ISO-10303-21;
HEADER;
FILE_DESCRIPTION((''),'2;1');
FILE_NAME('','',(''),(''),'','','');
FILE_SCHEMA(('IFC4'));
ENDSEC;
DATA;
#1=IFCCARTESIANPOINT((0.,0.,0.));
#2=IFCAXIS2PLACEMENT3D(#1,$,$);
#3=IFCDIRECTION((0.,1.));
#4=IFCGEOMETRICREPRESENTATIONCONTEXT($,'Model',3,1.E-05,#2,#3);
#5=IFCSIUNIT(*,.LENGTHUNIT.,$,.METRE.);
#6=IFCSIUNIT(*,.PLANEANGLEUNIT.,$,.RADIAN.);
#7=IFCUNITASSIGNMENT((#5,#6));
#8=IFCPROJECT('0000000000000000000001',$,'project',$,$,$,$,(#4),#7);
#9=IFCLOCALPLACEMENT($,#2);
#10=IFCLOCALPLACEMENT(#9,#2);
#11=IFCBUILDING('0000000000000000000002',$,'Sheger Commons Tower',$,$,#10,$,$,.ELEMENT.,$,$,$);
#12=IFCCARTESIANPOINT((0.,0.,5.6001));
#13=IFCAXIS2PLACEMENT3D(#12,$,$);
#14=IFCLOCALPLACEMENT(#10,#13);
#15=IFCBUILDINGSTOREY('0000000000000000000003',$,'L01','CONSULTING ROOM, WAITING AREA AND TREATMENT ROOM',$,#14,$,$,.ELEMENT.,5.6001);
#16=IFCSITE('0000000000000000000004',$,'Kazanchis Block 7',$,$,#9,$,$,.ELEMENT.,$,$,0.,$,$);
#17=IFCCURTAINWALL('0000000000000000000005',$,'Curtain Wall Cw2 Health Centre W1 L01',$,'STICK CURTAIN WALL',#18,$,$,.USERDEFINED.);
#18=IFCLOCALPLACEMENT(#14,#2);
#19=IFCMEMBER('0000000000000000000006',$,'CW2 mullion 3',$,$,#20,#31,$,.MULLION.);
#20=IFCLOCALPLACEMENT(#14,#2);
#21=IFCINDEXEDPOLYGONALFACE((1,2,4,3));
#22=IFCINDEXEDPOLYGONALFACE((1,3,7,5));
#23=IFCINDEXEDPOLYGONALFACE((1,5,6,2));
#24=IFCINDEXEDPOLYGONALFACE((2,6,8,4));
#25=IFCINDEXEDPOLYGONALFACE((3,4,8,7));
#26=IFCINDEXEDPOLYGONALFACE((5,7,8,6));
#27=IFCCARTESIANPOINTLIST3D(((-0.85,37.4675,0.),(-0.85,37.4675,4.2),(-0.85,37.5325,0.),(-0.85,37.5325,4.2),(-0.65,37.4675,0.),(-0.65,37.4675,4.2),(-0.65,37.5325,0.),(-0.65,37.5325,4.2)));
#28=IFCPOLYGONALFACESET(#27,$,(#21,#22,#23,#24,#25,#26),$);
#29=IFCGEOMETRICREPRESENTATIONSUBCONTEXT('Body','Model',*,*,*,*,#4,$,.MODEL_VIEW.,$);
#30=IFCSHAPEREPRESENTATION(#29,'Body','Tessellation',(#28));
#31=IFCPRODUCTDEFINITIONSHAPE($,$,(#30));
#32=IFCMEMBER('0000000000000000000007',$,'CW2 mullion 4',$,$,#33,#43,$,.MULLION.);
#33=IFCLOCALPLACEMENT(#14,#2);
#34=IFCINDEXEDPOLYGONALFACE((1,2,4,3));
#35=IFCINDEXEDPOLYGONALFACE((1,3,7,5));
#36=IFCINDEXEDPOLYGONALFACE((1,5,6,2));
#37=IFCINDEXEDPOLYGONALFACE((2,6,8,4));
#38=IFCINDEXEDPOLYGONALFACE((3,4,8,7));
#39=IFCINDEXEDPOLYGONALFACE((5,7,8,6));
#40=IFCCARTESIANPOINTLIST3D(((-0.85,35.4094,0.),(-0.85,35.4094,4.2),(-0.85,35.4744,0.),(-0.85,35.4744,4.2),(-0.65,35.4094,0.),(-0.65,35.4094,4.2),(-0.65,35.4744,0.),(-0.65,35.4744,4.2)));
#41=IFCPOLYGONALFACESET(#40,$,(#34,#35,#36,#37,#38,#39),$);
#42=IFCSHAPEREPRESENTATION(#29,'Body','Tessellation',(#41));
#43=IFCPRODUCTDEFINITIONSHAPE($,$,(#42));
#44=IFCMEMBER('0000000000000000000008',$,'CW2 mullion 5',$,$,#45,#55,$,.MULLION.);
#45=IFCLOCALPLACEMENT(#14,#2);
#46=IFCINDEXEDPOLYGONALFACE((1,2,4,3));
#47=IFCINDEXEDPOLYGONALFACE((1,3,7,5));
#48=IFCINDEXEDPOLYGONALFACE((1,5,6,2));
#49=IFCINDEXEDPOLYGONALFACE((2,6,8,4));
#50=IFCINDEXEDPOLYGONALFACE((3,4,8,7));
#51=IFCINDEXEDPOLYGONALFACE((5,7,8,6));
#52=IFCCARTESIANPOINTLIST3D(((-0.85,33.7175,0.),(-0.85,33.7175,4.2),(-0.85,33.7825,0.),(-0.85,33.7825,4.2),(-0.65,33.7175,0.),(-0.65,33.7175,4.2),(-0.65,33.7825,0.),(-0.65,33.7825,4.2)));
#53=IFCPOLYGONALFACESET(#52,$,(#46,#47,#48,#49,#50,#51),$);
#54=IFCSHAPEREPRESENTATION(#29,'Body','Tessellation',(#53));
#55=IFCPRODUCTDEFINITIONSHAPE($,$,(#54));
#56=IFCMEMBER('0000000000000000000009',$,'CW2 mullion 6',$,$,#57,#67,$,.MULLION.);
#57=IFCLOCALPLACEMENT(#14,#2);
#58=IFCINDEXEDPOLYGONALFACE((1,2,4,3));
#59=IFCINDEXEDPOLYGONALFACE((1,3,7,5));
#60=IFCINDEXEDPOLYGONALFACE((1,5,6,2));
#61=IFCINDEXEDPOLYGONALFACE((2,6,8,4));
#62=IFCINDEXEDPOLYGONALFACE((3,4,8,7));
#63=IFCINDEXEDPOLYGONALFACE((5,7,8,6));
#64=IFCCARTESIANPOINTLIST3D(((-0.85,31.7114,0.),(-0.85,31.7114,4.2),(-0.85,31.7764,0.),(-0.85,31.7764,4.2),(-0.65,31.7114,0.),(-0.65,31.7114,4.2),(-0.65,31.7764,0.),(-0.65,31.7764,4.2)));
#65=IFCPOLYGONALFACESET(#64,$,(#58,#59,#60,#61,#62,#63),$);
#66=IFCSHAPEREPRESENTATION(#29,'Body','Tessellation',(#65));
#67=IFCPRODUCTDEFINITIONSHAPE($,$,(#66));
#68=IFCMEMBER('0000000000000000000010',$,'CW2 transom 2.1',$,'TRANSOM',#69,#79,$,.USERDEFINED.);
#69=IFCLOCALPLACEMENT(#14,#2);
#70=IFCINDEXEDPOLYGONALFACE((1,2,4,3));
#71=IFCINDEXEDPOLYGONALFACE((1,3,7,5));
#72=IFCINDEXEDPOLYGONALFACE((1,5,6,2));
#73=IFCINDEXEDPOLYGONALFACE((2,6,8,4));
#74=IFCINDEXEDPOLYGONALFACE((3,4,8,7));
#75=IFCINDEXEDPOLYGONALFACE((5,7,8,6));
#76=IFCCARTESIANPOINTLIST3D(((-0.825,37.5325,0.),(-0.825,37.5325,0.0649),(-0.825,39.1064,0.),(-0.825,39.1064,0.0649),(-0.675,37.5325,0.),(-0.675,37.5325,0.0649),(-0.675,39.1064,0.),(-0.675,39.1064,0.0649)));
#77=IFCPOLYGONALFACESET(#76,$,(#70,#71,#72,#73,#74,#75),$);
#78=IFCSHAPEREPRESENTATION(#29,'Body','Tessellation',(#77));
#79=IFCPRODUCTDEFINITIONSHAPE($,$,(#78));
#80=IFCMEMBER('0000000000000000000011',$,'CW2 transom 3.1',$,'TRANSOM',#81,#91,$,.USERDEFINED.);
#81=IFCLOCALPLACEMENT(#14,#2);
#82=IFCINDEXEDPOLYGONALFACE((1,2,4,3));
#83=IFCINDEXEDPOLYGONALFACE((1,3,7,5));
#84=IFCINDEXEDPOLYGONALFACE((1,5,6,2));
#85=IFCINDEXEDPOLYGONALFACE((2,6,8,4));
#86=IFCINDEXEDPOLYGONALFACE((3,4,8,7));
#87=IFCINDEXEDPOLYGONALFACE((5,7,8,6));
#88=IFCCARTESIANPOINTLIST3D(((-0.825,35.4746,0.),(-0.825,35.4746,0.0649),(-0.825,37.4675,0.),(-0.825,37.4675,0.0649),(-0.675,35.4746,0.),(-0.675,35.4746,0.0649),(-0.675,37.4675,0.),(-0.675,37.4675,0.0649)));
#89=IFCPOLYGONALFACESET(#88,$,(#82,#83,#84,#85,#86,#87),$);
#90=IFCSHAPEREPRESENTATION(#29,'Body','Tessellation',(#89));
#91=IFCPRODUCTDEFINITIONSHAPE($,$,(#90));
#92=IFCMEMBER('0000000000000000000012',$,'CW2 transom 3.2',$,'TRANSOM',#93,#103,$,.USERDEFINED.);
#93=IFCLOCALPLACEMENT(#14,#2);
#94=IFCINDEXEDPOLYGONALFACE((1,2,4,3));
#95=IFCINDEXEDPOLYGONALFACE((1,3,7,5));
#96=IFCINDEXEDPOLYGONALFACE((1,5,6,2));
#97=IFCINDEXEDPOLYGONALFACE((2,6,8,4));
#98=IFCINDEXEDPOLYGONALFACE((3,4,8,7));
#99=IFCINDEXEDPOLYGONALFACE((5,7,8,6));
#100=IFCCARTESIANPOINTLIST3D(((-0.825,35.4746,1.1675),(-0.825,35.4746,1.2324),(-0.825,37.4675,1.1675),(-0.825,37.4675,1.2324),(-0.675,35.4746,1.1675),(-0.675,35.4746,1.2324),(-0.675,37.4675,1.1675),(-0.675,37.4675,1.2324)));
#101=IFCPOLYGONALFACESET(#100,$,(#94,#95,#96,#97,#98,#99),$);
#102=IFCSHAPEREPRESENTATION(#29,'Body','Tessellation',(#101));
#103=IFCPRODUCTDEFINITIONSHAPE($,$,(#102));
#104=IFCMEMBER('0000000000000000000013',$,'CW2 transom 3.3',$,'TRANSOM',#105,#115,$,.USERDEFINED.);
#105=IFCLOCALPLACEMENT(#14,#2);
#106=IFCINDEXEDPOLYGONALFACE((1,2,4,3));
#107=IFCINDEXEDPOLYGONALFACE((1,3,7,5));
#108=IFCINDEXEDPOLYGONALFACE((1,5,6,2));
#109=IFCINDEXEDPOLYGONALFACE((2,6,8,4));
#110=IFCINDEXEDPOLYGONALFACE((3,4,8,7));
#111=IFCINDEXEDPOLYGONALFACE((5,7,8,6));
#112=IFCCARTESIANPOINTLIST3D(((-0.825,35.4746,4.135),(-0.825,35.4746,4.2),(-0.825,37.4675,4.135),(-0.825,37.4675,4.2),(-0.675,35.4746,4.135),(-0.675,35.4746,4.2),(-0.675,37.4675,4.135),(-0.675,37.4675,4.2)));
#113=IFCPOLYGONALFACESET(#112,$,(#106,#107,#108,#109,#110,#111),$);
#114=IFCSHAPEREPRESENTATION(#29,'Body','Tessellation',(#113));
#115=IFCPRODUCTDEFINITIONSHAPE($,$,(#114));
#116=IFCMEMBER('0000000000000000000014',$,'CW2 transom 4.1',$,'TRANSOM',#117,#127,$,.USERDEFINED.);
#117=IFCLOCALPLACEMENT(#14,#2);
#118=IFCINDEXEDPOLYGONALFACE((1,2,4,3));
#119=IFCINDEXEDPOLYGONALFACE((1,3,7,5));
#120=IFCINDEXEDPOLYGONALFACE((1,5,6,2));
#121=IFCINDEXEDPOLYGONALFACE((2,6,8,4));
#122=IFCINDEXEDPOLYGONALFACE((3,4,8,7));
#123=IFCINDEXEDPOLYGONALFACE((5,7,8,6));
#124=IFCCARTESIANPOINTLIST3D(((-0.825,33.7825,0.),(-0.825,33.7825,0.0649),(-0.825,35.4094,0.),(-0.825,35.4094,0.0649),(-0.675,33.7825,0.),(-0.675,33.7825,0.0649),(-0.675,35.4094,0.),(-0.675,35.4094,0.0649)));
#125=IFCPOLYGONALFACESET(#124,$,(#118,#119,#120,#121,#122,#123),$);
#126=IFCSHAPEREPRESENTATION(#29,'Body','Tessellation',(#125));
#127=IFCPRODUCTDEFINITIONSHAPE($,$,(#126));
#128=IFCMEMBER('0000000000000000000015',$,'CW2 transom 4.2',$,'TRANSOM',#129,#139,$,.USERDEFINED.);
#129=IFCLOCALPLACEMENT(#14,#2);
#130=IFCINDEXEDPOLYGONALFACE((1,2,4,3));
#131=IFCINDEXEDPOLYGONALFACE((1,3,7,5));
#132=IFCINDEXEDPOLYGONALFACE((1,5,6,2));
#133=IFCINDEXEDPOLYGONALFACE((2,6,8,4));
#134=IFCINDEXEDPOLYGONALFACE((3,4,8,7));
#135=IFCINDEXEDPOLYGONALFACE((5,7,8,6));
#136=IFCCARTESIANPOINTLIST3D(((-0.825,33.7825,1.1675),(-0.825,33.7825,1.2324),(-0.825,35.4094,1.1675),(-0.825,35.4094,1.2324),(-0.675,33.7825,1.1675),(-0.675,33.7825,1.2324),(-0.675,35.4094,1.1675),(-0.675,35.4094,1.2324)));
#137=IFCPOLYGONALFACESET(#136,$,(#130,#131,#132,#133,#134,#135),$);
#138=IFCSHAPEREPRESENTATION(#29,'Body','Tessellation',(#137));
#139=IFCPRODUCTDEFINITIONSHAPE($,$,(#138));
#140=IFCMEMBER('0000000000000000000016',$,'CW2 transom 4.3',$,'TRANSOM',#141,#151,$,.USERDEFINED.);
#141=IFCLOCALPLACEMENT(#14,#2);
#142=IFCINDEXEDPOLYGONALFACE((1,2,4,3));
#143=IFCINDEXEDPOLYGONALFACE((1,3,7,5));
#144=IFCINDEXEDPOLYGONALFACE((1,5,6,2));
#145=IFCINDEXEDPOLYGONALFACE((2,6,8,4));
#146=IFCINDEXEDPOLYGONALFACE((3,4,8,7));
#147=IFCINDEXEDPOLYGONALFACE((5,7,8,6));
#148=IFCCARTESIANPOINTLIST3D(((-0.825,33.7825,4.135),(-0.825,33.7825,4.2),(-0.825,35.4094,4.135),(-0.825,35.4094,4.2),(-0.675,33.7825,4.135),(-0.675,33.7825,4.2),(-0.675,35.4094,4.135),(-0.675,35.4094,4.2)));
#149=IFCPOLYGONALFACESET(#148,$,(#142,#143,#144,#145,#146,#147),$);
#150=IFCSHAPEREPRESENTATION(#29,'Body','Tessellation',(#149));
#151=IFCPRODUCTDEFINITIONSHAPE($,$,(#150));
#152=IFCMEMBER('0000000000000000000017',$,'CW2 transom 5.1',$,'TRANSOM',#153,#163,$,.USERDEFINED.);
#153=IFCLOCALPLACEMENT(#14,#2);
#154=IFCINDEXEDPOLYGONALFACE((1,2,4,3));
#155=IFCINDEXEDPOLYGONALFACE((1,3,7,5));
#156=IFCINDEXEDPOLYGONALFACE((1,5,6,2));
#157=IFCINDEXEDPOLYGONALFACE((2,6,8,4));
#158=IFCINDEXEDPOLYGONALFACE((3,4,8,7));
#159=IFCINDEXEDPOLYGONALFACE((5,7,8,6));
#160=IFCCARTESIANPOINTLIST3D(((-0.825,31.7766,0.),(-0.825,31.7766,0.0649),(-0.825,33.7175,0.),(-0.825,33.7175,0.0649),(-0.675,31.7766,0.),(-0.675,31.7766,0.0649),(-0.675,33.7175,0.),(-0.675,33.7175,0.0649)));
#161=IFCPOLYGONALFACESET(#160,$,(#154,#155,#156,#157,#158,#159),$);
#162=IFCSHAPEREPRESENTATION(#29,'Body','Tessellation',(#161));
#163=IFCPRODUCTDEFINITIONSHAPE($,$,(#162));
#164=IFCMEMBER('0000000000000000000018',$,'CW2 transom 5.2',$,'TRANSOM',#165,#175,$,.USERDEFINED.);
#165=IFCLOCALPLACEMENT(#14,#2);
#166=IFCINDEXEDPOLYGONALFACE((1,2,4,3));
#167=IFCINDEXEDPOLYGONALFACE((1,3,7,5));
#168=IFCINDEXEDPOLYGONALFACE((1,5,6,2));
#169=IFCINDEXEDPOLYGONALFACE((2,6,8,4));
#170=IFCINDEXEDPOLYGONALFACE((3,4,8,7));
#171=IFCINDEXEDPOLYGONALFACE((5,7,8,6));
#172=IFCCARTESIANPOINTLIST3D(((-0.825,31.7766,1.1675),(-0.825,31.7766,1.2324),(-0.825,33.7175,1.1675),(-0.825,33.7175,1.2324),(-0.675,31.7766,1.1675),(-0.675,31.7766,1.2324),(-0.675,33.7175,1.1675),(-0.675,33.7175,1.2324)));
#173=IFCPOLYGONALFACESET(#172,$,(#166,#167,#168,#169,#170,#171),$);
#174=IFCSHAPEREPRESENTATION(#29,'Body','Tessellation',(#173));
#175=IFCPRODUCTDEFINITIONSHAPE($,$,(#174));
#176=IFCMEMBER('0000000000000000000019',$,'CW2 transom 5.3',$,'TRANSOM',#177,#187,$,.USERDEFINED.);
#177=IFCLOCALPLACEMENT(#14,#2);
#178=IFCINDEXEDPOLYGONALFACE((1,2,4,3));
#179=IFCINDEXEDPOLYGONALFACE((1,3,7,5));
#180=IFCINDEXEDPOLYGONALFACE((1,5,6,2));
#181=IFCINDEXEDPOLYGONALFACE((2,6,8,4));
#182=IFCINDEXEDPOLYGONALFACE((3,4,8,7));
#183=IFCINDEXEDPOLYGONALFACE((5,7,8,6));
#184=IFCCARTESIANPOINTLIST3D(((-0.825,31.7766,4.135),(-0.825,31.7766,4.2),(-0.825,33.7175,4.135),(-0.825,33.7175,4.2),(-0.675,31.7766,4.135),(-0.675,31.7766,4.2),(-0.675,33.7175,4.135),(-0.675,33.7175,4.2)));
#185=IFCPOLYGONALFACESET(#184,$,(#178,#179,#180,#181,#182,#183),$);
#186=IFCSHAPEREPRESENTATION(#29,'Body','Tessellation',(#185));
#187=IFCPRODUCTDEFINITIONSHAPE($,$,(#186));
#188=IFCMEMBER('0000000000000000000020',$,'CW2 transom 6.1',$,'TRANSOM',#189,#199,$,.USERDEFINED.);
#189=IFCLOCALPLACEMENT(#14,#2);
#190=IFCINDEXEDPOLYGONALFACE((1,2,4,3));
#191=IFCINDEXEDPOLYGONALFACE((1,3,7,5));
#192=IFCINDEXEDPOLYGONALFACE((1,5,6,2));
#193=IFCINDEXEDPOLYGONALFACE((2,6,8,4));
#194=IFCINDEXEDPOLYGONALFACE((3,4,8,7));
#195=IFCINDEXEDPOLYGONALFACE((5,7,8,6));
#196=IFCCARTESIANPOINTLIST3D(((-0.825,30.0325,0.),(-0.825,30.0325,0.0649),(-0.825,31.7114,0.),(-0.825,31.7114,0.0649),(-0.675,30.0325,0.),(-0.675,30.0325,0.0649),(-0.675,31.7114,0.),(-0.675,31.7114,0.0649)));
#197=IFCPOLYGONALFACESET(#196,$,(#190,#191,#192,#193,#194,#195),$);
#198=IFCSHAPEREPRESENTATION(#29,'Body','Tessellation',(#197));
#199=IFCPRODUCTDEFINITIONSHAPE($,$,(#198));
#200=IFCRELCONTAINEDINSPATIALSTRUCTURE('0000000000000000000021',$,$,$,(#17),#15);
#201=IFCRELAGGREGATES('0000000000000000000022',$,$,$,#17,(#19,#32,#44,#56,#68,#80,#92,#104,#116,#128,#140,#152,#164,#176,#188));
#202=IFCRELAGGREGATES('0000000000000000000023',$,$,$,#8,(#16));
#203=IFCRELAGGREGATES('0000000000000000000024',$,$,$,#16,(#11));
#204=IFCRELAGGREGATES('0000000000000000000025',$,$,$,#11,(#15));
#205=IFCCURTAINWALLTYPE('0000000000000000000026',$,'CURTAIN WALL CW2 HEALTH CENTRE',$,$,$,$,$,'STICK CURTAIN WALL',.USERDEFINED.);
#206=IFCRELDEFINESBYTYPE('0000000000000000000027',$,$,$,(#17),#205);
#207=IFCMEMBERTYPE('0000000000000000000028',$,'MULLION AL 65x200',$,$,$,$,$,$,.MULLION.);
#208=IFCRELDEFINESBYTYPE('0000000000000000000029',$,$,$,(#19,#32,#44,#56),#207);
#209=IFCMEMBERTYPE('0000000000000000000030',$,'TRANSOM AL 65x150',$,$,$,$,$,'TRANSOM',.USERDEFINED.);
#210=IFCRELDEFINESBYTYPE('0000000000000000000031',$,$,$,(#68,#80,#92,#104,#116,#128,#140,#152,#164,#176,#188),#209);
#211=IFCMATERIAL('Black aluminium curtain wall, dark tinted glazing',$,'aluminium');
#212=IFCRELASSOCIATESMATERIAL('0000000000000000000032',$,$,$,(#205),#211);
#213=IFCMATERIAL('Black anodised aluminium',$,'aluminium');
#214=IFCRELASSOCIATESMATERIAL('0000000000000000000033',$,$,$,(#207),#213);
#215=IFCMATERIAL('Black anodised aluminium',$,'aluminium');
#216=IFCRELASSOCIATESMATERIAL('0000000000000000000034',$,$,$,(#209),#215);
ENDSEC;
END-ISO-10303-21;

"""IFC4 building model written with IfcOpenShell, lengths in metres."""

from ifc_helpers import new_model, si_unit, direction, frame, origin, origin_2d, place, context, subcontext, project, spatial, rectangle, extrude, material, material_profile, profile_set, type_object, element, aggregate, save


model = new_model("IFC4")

# Units and contexts
model_context = context("Model", 3, precision=1e-05, world=origin(), true_north=direction((0.0, 1.0)))
body_context = subcontext(model_context, "Body", "Model", "MODEL_VIEW")
ifc_project = project(units=[si_unit("LENGTHUNIT", "METRE"), si_unit("PLANEANGLEUNIT", "RADIAN")], contexts=[model_context])

# Site, building, storey
site_placement = place(None, origin())
site = spatial("IfcSite", under=ifc_project, at=site_placement, Name="Kazanchis Block 7", CompositionType="ELEMENT", RefElevation=0.0)
building_placement = place(site_placement, origin())
building = spatial("IfcBuilding", under=site, at=building_placement, Name="Sheger Commons Tower", CompositionType="ELEMENT")
storey_placement = place(building_placement, frame((0.0, 0.0, 5.6001)))
storey = spatial("IfcBuildingStorey", under=building, at=storey_placement, Name="L01", Description="CONSULTING ROOM, WAITING AREA AND TREATMENT ROOM", CompositionType="ELEMENT", Elevation=5.6001)

# Curtain wall, members
ifc_material_1 = material(Name="Black aluminium curtain wall, dark tinted glazing", Category="aluminium")
curtain_wall_type = type_object("IfcCurtainWallType", Name="CURTAIN WALL CW2 HEALTH CENTRE", ElementType="STICK CURTAIN WALL", PredefinedType="USERDEFINED", material=ifc_material_1)
curtain_wall_placement = place(storey_placement, origin())
curtain_wall = element("IfcCurtainWall", 1, at=curtain_wall_placement, inside=storey, type_object=curtain_wall_type, Name="Curtain Wall Cw2 Health Centre W1 L01", ObjectType="STICK CURTAIN WALL", PredefinedType="USERDEFINED")
ifc_material_2 = material(Name="Black anodised aluminium", Category="aluminium")
ifc_material_profile_1 = material_profile(ifc_material_2, rectangle(XDim=0.2, YDim=0.0649, at=origin_2d()), Name="AL 65x200")
ifc_profile_set_1 = profile_set([ifc_material_profile_1], Name="Black anodised aluminium")
member_type_1 = type_object("IfcMemberType", Name="MULLION AL 65x200", PredefinedType="MULLION", material=ifc_profile_set_1)
member_1_placement = place(storey_placement, frame((-0.75, 37.5, 0.0), z_axis=(0.0, 0.0, 1.0), x_axis=(1.0, 0.0, 0.0)))
member_1 = element("IfcMember", 2, at=member_1_placement, type_object=member_type_1, Name="CW2 mullion 3", PredefinedType="MULLION", context=body_context, shape_type="SweptSolid", body=[
    extrude(rectangle(XDim=0.2, YDim=0.0649, at=origin_2d()), origin(), (0.0, 0.0, 1.0), 4.2),
])
member_2_placement = place(storey_placement, frame((-0.75, 35.4419, 0.0), z_axis=(0.0, 0.0, 1.0), x_axis=(1.0, 0.0, 0.0)))
member_2 = element("IfcMember", 3, at=member_2_placement, type_object=member_type_1, Name="CW2 mullion 4", PredefinedType="MULLION", context=body_context, shape_type="SweptSolid", body=[
    extrude(rectangle(XDim=0.2, YDim=0.0649, at=origin_2d()), origin(), (0.0, 0.0, 1.0), 4.2),
])
member_3_placement = place(storey_placement, frame((-0.75, 33.75, 0.0), z_axis=(0.0, 0.0, 1.0), x_axis=(1.0, 0.0, 0.0)))
member_3 = element("IfcMember", 4, at=member_3_placement, type_object=member_type_1, Name="CW2 mullion 5", PredefinedType="MULLION", context=body_context, shape_type="SweptSolid", body=[
    extrude(rectangle(XDim=0.2, YDim=0.0649, at=origin_2d()), origin(), (0.0, 0.0, 1.0), 4.2),
])
member_4_placement = place(storey_placement, frame((-0.75, 31.7439, 0.0), z_axis=(0.0, 0.0, 1.0), x_axis=(1.0, 0.0, 0.0)))
member_4 = element("IfcMember", 5, at=member_4_placement, type_object=member_type_1, Name="CW2 mullion 6", PredefinedType="MULLION", context=body_context, shape_type="SweptSolid", body=[
    extrude(rectangle(XDim=0.2, YDim=0.0649, at=origin_2d()), origin(), (0.0, 0.0, 1.0), 4.2),
])
ifc_material_3 = material(Name="Black anodised aluminium", Category="aluminium")
ifc_material_profile_2 = material_profile(ifc_material_3, rectangle(XDim=0.1499, YDim=0.0649, at=origin_2d()), Name="AL 65x150")
ifc_profile_set_2 = profile_set([ifc_material_profile_2], Name="Black anodised aluminium")
member_type_2 = type_object("IfcMemberType", Name="TRANSOM AL 65x150", ElementType="TRANSOM", PredefinedType="USERDEFINED", material=ifc_profile_set_2)
member_5_placement = place(storey_placement, frame((-0.75, 39.1064, 0.0325), z_axis=(0.0, -1.0, 0.0), x_axis=(1.0, 0.0, 0.0)))
member_5 = element("IfcMember", 6, at=member_5_placement, type_object=member_type_2, Name="CW2 transom 2.1", ObjectType="TRANSOM", PredefinedType="USERDEFINED", context=body_context, shape_type="SweptSolid", body=[
    extrude(rectangle(XDim=0.1499, YDim=0.0649, at=origin_2d()), origin(), (0.0, 0.0, 1.0), 1.574),
])
member_6_placement = place(storey_placement, frame((-0.75, 37.4675, 0.0325), z_axis=(0.0, -1.0, 0.0), x_axis=(1.0, 0.0, 0.0)))
member_6 = element("IfcMember", 7, at=member_6_placement, type_object=member_type_2, Name="CW2 transom 3.1", ObjectType="TRANSOM", PredefinedType="USERDEFINED", context=body_context, shape_type="SweptSolid", body=[
    extrude(rectangle(XDim=0.1499, YDim=0.0649, at=origin_2d()), origin(), (0.0, 0.0, 1.0), 1.9929),
])
member_7_placement = place(storey_placement, frame((-0.75, 37.4675, 1.2), z_axis=(0.0, -1.0, 0.0), x_axis=(1.0, 0.0, 0.0)))
member_7 = element("IfcMember", 8, at=member_7_placement, type_object=member_type_2, Name="CW2 transom 3.2", ObjectType="TRANSOM", PredefinedType="USERDEFINED", context=body_context, shape_type="SweptSolid", body=[
    extrude(rectangle(XDim=0.1499, YDim=0.0649, at=origin_2d()), origin(), (0.0, 0.0, 1.0), 1.9929),
])
member_8_placement = place(storey_placement, frame((-0.75, 37.4675, 4.1675), z_axis=(0.0, -1.0, 0.0), x_axis=(1.0, 0.0, 0.0)))
member_8 = element("IfcMember", 9, at=member_8_placement, type_object=member_type_2, Name="CW2 transom 3.3", ObjectType="TRANSOM", PredefinedType="USERDEFINED", context=body_context, shape_type="SweptSolid", body=[
    extrude(rectangle(XDim=0.1499, YDim=0.0649, at=origin_2d()), origin(), (0.0, 0.0, 1.0), 1.9929),
])
member_9_placement = place(storey_placement, frame((-0.75, 35.4094, 0.0325), z_axis=(0.0, -1.0, 0.0), x_axis=(1.0, 0.0, 0.0)))
member_9 = element("IfcMember", 10, at=member_9_placement, type_object=member_type_2, Name="CW2 transom 4.1", ObjectType="TRANSOM", PredefinedType="USERDEFINED", context=body_context, shape_type="SweptSolid", body=[
    extrude(rectangle(XDim=0.1499, YDim=0.0649, at=origin_2d()), origin(), (0.0, 0.0, 1.0), 1.627),
])
member_10_placement = place(storey_placement, frame((-0.75, 35.4094, 1.2), z_axis=(0.0, -1.0, 0.0), x_axis=(1.0, 0.0, 0.0)))
member_10 = element("IfcMember", 11, at=member_10_placement, type_object=member_type_2, Name="CW2 transom 4.2", ObjectType="TRANSOM", PredefinedType="USERDEFINED", context=body_context, shape_type="SweptSolid", body=[
    extrude(rectangle(XDim=0.1499, YDim=0.0649, at=origin_2d()), origin(), (0.0, 0.0, 1.0), 1.627),
])
member_11_placement = place(storey_placement, frame((-0.75, 35.4094, 4.1675), z_axis=(0.0, -1.0, 0.0), x_axis=(1.0, 0.0, 0.0)))
member_11 = element("IfcMember", 12, at=member_11_placement, type_object=member_type_2, Name="CW2 transom 4.3", ObjectType="TRANSOM", PredefinedType="USERDEFINED", context=body_context, shape_type="SweptSolid", body=[
    extrude(rectangle(XDim=0.1499, YDim=0.0649, at=origin_2d()), origin(), (0.0, 0.0, 1.0), 1.627),
])
member_12_placement = place(storey_placement, frame((-0.75, 33.7175, 0.0325), z_axis=(0.0, -1.0, 0.0), x_axis=(1.0, 0.0, 0.0)))
member_12 = element("IfcMember", 13, at=member_12_placement, type_object=member_type_2, Name="CW2 transom 5.1", ObjectType="TRANSOM", PredefinedType="USERDEFINED", context=body_context, shape_type="SweptSolid", body=[
    extrude(rectangle(XDim=0.1499, YDim=0.0649, at=origin_2d()), origin(), (0.0, 0.0, 1.0), 1.9409),
])
member_13_placement = place(storey_placement, frame((-0.75, 33.7175, 1.2), z_axis=(0.0, -1.0, 0.0), x_axis=(1.0, 0.0, 0.0)))
member_13 = element("IfcMember", 14, at=member_13_placement, type_object=member_type_2, Name="CW2 transom 5.2", ObjectType="TRANSOM", PredefinedType="USERDEFINED", context=body_context, shape_type="SweptSolid", body=[
    extrude(rectangle(XDim=0.1499, YDim=0.0649, at=origin_2d()), origin(), (0.0, 0.0, 1.0), 1.9409),
])
member_14_placement = place(storey_placement, frame((-0.75, 33.7175, 4.1675), z_axis=(0.0, -1.0, 0.0), x_axis=(1.0, 0.0, 0.0)))
member_14 = element("IfcMember", 15, at=member_14_placement, type_object=member_type_2, Name="CW2 transom 5.3", ObjectType="TRANSOM", PredefinedType="USERDEFINED", context=body_context, shape_type="SweptSolid", body=[
    extrude(rectangle(XDim=0.1499, YDim=0.0649, at=origin_2d()), origin(), (0.0, 0.0, 1.0), 1.9409),
])
member_15_placement = place(storey_placement, frame((-0.75, 31.7114, 0.0325), z_axis=(0.0, -1.0, 0.0), x_axis=(1.0, 0.0, 0.0)))
member_15 = element("IfcMember", 16, at=member_15_placement, type_object=member_type_2, Name="CW2 transom 6.1", ObjectType="TRANSOM", PredefinedType="USERDEFINED", context=body_context, shape_type="SweptSolid", body=[
    extrude(rectangle(XDim=0.1499, YDim=0.0649, at=origin_2d()), origin(), (0.0, 0.0, 1.0), 1.679),
])
aggregate(curtain_wall, [member_1, member_2, member_3, member_4, member_5, member_6, member_7, member_8, member_9, member_10, member_11, member_12, member_13, member_14, member_15])

save(model, "model.ifc")
